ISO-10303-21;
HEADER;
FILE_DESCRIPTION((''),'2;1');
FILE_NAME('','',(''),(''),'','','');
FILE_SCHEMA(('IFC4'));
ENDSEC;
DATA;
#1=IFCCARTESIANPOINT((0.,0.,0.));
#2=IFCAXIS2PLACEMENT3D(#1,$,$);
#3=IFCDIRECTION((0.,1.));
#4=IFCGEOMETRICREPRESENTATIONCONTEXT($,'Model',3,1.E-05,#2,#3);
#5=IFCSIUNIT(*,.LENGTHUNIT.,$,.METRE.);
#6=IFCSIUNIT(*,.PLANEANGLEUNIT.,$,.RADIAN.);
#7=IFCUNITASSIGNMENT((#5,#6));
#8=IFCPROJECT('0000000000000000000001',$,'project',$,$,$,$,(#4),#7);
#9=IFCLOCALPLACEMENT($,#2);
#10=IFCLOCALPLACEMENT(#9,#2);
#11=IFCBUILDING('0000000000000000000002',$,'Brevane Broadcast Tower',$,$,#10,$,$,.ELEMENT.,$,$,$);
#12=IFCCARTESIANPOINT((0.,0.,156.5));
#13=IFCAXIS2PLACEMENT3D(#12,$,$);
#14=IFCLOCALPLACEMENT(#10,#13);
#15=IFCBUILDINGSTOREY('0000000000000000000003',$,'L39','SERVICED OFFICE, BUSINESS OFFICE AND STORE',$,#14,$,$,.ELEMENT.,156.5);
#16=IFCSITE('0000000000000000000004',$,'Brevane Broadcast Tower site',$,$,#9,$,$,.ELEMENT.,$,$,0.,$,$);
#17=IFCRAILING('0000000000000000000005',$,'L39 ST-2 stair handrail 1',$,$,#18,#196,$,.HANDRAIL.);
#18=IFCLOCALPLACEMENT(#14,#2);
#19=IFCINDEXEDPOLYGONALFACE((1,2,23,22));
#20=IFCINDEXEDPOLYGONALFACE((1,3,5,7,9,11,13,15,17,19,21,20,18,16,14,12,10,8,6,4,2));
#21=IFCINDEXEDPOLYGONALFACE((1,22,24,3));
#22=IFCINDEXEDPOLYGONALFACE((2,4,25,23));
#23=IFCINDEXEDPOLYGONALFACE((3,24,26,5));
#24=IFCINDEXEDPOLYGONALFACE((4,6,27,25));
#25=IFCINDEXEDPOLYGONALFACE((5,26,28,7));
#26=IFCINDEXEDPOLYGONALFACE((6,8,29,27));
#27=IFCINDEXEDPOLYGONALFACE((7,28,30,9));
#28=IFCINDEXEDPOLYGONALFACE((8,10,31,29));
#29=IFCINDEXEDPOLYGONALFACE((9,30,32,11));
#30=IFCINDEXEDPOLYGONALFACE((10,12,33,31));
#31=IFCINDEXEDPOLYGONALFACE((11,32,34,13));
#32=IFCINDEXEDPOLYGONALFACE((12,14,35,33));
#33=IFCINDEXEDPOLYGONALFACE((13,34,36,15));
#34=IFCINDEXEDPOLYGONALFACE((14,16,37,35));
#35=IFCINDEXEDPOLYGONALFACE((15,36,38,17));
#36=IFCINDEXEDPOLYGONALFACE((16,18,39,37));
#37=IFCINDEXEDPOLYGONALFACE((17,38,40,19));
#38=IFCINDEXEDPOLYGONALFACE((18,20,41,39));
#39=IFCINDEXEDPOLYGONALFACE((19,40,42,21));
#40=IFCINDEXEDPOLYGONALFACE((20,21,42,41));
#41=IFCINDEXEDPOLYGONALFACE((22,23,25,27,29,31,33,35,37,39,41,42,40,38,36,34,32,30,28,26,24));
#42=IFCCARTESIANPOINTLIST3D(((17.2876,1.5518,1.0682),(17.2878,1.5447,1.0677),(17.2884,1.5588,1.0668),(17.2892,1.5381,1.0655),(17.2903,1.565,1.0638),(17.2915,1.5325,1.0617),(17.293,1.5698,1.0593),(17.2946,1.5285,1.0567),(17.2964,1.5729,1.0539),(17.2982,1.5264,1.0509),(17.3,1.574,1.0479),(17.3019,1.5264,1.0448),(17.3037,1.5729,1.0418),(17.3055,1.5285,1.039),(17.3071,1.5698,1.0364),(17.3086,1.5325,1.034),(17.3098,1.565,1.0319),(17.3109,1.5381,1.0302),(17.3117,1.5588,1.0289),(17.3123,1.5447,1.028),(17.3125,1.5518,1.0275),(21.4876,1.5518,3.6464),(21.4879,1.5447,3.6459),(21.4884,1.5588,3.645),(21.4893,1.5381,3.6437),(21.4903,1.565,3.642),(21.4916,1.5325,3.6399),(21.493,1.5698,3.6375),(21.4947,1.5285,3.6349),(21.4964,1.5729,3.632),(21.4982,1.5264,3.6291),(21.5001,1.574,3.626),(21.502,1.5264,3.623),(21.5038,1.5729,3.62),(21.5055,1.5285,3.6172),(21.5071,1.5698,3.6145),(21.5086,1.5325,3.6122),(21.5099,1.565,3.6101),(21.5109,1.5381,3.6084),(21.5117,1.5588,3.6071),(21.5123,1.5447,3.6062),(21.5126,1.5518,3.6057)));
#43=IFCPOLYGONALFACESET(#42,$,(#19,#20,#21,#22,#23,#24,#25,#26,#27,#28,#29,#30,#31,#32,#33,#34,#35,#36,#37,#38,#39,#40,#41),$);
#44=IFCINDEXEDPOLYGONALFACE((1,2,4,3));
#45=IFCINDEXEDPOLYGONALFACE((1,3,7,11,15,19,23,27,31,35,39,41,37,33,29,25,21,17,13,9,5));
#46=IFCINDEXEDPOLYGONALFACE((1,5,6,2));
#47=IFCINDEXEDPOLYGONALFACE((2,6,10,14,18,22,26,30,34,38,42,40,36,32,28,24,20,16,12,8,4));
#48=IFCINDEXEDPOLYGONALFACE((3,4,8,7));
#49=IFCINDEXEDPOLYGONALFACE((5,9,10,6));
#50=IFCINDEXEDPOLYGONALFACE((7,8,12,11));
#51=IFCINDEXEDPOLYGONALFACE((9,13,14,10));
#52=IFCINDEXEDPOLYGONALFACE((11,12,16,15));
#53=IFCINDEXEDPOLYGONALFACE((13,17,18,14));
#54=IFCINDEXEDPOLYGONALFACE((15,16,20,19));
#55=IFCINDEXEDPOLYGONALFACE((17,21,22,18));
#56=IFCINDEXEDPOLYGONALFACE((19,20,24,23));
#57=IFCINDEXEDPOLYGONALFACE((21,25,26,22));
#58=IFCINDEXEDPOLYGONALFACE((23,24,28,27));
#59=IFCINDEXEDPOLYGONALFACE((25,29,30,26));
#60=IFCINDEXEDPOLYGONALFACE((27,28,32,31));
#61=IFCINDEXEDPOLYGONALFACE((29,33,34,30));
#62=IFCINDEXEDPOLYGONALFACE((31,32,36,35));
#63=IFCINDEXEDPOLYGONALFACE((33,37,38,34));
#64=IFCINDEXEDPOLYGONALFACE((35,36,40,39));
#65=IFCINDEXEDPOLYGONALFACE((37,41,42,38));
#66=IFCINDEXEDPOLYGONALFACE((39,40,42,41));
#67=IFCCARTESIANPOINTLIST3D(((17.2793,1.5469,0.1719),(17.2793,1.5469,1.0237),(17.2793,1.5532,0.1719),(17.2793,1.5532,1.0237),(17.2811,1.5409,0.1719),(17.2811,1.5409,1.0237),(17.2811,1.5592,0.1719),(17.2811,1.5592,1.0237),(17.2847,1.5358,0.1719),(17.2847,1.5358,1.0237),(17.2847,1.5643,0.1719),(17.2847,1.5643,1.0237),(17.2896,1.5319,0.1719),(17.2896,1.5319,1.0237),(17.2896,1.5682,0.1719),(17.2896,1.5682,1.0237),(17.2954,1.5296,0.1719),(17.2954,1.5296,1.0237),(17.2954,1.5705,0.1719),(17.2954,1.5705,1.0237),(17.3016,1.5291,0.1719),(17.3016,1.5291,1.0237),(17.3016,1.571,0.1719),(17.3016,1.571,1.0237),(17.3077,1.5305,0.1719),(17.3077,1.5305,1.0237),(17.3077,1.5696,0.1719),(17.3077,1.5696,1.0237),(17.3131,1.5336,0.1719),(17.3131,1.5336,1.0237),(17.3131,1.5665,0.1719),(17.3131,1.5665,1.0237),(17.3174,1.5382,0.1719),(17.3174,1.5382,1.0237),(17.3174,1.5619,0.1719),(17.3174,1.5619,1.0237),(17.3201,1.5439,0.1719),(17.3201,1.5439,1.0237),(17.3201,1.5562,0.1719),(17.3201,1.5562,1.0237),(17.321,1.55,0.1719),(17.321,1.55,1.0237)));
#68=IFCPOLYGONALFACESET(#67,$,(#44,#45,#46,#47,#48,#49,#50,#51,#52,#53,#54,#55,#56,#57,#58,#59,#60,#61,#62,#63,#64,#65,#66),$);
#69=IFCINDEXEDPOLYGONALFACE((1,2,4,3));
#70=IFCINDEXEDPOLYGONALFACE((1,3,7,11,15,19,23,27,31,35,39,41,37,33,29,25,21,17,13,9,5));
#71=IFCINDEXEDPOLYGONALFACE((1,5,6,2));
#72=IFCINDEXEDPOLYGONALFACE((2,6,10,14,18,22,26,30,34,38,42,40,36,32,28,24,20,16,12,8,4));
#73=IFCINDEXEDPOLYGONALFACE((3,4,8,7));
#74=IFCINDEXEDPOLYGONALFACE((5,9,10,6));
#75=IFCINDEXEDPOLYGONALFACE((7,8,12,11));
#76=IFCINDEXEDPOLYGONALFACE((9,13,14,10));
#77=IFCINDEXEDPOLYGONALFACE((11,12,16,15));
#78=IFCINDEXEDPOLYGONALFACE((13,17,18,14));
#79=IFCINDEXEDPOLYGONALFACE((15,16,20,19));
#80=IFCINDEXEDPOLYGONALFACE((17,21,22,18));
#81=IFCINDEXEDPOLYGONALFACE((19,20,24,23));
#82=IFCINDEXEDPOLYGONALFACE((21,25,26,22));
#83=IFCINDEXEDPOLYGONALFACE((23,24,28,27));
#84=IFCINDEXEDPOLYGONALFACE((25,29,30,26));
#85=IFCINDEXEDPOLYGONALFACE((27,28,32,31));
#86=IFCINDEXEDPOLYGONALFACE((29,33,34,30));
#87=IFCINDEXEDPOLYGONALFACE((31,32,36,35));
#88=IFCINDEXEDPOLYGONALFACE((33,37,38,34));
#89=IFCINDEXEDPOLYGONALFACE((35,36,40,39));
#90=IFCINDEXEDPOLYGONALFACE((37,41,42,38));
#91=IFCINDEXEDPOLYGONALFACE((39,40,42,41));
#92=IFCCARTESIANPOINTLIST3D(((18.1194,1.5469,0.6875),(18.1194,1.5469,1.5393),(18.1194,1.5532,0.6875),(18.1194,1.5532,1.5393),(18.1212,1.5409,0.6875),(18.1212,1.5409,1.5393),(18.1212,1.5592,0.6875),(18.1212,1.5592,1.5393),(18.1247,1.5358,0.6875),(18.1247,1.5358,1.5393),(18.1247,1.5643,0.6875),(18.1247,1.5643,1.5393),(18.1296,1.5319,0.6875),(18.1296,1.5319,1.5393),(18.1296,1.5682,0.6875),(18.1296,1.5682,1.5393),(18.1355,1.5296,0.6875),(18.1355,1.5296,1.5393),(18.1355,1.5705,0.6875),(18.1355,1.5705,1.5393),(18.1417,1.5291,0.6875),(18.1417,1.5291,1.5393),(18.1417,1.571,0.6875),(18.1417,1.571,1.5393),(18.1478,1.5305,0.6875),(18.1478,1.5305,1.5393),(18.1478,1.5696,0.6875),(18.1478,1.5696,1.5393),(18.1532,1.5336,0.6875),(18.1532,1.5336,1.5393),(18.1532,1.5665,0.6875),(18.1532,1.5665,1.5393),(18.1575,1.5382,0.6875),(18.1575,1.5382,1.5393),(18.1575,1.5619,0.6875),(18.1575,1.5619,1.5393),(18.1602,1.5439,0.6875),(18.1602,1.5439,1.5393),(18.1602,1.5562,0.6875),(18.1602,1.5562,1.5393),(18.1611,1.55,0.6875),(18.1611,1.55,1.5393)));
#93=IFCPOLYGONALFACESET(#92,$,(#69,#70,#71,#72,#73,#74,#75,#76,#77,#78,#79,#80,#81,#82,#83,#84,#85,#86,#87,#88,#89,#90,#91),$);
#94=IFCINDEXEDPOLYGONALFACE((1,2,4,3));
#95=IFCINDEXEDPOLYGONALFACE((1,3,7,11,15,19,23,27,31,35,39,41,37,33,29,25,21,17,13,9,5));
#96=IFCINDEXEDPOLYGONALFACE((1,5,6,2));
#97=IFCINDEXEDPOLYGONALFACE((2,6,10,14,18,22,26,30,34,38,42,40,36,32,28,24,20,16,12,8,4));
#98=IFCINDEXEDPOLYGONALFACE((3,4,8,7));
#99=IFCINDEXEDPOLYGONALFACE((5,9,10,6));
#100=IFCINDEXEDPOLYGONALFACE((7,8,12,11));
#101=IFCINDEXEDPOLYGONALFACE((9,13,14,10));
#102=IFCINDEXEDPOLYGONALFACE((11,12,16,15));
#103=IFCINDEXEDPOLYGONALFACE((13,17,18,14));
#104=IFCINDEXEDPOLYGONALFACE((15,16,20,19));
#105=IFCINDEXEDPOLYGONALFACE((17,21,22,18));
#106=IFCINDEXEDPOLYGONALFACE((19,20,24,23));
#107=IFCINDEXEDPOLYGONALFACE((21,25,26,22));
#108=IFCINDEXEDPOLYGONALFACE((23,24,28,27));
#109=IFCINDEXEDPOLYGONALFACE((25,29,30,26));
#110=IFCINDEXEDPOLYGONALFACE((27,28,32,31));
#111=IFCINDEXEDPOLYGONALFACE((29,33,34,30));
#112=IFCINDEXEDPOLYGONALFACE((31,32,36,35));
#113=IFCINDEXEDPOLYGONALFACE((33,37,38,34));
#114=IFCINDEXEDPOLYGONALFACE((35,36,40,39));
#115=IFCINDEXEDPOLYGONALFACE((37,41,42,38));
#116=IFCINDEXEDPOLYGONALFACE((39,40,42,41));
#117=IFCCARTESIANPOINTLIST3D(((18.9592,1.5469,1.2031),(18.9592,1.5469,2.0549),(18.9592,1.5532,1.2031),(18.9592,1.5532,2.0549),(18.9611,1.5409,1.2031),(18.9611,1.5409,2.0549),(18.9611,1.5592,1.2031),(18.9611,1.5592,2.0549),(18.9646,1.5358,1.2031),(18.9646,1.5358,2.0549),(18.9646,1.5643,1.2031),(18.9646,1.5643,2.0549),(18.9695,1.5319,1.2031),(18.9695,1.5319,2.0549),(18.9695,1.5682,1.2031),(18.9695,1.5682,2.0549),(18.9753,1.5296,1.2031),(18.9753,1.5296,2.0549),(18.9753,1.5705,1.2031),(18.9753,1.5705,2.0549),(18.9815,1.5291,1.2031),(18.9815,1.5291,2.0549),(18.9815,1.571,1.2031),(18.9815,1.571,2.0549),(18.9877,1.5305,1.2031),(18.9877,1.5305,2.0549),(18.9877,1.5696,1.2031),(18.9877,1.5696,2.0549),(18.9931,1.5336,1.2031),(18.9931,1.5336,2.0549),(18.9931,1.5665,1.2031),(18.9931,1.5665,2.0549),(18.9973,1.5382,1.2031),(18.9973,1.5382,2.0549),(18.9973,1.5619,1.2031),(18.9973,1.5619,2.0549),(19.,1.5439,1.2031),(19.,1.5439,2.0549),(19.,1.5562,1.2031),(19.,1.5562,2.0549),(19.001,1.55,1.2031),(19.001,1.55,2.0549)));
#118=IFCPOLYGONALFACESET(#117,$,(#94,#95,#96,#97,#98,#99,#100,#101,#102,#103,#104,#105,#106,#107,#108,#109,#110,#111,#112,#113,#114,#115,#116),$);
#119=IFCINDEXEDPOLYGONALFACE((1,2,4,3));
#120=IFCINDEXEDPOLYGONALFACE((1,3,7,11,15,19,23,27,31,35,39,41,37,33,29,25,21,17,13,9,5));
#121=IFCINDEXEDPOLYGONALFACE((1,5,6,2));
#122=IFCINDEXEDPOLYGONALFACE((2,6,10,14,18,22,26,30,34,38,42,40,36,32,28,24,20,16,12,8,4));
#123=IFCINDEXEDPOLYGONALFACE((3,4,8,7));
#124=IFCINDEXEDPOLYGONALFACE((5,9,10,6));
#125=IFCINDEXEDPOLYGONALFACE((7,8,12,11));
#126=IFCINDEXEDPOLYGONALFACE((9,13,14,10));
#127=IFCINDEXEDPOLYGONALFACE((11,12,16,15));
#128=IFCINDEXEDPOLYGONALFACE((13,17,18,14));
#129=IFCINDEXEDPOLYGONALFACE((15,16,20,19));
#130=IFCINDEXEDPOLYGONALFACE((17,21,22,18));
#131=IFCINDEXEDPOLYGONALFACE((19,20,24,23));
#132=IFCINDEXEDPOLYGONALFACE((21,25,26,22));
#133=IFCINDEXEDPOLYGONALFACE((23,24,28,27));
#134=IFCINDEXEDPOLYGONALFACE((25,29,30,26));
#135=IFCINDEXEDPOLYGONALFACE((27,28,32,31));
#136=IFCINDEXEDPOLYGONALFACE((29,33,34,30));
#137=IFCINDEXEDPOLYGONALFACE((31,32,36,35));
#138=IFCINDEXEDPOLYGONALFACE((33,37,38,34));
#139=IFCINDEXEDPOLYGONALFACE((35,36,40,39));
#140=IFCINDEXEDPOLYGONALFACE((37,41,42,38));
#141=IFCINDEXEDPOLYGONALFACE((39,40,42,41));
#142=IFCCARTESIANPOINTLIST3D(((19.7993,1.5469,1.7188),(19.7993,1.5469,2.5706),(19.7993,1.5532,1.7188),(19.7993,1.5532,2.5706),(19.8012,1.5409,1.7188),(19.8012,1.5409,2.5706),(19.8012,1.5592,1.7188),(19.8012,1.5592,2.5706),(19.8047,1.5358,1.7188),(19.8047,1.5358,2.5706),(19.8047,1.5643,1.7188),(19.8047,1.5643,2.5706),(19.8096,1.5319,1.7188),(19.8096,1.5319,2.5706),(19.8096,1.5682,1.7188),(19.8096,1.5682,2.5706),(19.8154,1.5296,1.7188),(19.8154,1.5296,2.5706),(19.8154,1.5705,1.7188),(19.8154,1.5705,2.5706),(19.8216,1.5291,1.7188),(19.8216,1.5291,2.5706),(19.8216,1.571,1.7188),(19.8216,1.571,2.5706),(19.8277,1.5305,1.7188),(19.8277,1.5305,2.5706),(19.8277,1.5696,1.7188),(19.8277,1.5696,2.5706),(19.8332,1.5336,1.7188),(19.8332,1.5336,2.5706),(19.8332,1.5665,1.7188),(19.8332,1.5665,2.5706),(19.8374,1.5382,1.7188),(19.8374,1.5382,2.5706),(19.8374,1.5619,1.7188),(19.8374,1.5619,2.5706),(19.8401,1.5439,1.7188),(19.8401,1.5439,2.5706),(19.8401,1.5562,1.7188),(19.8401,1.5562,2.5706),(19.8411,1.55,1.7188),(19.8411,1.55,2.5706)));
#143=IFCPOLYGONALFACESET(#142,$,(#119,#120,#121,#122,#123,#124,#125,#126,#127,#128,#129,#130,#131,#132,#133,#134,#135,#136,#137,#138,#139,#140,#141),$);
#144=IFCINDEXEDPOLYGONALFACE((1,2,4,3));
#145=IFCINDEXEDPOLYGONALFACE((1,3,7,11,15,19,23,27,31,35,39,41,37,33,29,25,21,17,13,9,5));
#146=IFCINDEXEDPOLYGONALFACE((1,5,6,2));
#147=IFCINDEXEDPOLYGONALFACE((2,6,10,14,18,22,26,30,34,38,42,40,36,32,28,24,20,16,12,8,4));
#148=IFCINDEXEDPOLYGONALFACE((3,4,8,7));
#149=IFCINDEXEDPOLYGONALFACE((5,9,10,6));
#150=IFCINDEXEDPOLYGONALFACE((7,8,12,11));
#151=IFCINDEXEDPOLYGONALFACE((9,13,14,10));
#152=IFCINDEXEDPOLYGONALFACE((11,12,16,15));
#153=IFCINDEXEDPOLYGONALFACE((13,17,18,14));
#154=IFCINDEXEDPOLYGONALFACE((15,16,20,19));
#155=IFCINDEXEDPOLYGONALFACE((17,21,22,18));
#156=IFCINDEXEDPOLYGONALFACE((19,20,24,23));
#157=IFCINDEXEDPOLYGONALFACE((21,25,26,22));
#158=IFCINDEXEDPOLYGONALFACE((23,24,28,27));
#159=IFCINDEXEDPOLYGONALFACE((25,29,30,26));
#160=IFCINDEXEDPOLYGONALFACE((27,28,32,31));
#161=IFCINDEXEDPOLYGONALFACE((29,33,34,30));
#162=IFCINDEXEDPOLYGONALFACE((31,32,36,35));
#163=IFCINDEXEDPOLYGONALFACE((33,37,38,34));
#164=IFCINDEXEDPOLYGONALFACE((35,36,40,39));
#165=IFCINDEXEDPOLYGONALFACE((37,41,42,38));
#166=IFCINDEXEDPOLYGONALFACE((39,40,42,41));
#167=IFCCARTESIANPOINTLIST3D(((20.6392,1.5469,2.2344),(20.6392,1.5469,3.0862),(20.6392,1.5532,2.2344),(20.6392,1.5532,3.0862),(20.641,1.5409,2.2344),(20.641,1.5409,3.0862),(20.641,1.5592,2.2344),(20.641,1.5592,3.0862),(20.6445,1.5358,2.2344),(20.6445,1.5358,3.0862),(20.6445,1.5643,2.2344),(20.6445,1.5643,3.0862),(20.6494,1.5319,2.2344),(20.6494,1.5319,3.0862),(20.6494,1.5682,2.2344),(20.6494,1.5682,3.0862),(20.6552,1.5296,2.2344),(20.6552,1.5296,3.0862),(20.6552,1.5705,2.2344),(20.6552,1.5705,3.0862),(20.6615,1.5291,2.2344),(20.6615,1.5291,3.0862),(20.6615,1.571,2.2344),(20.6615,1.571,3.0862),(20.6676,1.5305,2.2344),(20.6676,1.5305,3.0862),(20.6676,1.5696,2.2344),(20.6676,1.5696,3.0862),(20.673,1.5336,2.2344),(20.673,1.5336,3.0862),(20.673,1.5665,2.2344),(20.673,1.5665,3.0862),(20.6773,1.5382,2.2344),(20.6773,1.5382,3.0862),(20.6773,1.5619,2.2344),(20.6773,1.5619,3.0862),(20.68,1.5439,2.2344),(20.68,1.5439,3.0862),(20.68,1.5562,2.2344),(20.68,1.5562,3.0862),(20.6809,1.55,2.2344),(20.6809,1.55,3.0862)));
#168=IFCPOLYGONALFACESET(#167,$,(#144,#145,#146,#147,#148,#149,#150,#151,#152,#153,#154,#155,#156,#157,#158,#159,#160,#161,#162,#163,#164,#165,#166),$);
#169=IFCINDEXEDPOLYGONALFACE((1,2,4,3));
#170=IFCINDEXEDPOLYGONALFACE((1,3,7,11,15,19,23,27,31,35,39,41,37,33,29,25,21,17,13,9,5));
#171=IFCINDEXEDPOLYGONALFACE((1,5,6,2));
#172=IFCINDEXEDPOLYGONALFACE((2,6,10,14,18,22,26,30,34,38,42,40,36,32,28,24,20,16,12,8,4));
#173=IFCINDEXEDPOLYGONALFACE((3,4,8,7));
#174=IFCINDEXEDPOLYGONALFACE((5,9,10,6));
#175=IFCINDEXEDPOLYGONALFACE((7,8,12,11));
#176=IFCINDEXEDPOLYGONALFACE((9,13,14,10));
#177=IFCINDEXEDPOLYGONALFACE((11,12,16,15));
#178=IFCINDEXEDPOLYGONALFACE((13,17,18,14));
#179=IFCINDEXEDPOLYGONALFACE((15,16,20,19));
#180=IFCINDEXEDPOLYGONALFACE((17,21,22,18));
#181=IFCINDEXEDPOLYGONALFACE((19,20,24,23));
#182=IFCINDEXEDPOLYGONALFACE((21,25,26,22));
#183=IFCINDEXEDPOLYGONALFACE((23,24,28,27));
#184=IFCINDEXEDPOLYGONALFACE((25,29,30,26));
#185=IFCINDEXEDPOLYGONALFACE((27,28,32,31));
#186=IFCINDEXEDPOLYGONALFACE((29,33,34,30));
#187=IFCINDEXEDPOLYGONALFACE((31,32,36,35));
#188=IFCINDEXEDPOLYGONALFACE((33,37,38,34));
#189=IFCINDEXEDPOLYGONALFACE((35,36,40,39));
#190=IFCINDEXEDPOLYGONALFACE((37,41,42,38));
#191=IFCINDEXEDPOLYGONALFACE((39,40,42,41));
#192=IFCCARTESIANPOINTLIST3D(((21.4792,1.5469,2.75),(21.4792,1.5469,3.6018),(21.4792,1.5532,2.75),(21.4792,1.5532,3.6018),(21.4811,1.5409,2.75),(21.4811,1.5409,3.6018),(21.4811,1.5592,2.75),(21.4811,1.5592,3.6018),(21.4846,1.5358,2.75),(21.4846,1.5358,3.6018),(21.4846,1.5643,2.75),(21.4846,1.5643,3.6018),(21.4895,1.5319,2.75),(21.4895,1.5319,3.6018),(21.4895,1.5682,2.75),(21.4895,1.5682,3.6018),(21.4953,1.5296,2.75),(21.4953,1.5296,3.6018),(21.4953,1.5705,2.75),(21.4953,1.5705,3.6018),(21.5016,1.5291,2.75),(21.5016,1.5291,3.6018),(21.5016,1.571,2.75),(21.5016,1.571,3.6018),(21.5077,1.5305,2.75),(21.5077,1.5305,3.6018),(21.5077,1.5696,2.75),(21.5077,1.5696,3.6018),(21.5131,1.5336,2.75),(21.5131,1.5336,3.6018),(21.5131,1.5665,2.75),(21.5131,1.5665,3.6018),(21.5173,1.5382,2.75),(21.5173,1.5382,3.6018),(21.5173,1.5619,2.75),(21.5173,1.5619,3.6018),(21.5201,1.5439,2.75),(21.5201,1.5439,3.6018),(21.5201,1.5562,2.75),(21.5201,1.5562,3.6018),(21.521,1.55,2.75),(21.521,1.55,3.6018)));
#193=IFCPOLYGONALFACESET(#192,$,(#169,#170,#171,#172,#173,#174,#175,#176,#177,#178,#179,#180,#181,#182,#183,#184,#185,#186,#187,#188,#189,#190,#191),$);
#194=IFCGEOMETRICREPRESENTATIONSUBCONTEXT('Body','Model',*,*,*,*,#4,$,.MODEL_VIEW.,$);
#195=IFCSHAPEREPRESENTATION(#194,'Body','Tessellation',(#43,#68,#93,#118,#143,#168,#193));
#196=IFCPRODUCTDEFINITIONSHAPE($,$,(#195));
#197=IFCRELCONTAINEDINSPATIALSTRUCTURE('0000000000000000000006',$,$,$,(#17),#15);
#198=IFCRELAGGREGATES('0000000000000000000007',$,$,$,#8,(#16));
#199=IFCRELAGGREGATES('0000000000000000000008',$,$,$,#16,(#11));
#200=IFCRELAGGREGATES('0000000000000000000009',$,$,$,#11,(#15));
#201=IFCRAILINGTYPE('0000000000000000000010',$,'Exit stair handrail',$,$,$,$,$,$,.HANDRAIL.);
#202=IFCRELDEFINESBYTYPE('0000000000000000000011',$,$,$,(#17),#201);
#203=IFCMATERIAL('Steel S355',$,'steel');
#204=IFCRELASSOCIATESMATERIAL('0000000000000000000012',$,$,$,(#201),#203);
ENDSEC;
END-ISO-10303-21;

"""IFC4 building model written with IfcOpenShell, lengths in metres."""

from ifc_helpers import new_model, si_unit, direction, frame, origin, origin_2d, place, context, subcontext, project, spatial, circle, extrude, material, type_object, element, save


model = new_model("IFC4")

# Units and contexts
model_context = context("Model", 3, precision=1e-05, world=origin(), true_north=direction((0.0, 1.0)))
body_context = subcontext(model_context, "Body", "Model", "MODEL_VIEW")
ifc_project = project(units=[si_unit("LENGTHUNIT", "METRE"), si_unit("PLANEANGLEUNIT", "RADIAN")], contexts=[model_context])

# Site, building, storey
site_placement = place(None, origin())
site = spatial("IfcSite", under=ifc_project, at=site_placement, Name="Brevane Broadcast Tower site", CompositionType="ELEMENT", RefElevation=0.0)
building_placement = place(site_placement, origin())
building = spatial("IfcBuilding", under=site, at=building_placement, Name="Brevane Broadcast Tower", CompositionType="ELEMENT")
storey_placement = place(building_placement, frame((0.0, 0.0, 156.5)))
storey = spatial("IfcBuildingStorey", under=building, at=storey_placement, Name="L39", Description="SERVICED OFFICE, BUSINESS OFFICE AND STORE", CompositionType="ELEMENT", Elevation=156.5)

# Railing
ifc_material_1 = material(Name="Steel S355", Category="steel")
railing_type_1 = type_object("IfcRailingType", Name="Exit stair handrail", PredefinedType="HANDRAIL", material=ifc_material_1)
railing_1_placement = place(storey_placement, frame((17.3, 1.55, 0.1719)))
element("IfcRailing", 1, at=railing_1_placement, inside=storey, type_object=railing_type_1, Name="L39 ST-2 stair handrail 1", PredefinedType="HANDRAIL", context=body_context, shape_type="SweptSolid", body=[
    extrude(circle(Radius=0.0239, at=origin_2d()), frame((0.0, 0.0, 0.876), z_axis=(0.852243, 0.0, 0.523146), x_axis=(0.0, 1.0, 0.0)), (0.0, 0.0, 1.0), 4.9282),
    extrude(circle(Radius=0.021, at=origin_2d()), origin(), (0.0, 0.0, 1.0), 0.8518),
    extrude(circle(Radius=0.021, at=origin_2d()), frame((0.8401, 0.0, 0.5156)), (0.0, 0.0, 1.0), 0.8518),
    extrude(circle(Radius=0.021, at=origin_2d()), frame((1.6799, 0.0, 1.0312)), (0.0, 0.0, 1.0), 0.8518),
    extrude(circle(Radius=0.021, at=origin_2d()), frame((2.52, 0.0, 1.5469)), (0.0, 0.0, 1.0), 0.8518),
    extrude(circle(Radius=0.021, at=origin_2d()), frame((3.3599, 0.0, 2.0625)), (0.0, 0.0, 1.0), 0.8518),
    extrude(circle(Radius=0.021, at=origin_2d()), frame((4.2, 0.0, 2.5781)), (0.0, 0.0, 1.0), 0.8518),
])

save(model, "model.ifc")
